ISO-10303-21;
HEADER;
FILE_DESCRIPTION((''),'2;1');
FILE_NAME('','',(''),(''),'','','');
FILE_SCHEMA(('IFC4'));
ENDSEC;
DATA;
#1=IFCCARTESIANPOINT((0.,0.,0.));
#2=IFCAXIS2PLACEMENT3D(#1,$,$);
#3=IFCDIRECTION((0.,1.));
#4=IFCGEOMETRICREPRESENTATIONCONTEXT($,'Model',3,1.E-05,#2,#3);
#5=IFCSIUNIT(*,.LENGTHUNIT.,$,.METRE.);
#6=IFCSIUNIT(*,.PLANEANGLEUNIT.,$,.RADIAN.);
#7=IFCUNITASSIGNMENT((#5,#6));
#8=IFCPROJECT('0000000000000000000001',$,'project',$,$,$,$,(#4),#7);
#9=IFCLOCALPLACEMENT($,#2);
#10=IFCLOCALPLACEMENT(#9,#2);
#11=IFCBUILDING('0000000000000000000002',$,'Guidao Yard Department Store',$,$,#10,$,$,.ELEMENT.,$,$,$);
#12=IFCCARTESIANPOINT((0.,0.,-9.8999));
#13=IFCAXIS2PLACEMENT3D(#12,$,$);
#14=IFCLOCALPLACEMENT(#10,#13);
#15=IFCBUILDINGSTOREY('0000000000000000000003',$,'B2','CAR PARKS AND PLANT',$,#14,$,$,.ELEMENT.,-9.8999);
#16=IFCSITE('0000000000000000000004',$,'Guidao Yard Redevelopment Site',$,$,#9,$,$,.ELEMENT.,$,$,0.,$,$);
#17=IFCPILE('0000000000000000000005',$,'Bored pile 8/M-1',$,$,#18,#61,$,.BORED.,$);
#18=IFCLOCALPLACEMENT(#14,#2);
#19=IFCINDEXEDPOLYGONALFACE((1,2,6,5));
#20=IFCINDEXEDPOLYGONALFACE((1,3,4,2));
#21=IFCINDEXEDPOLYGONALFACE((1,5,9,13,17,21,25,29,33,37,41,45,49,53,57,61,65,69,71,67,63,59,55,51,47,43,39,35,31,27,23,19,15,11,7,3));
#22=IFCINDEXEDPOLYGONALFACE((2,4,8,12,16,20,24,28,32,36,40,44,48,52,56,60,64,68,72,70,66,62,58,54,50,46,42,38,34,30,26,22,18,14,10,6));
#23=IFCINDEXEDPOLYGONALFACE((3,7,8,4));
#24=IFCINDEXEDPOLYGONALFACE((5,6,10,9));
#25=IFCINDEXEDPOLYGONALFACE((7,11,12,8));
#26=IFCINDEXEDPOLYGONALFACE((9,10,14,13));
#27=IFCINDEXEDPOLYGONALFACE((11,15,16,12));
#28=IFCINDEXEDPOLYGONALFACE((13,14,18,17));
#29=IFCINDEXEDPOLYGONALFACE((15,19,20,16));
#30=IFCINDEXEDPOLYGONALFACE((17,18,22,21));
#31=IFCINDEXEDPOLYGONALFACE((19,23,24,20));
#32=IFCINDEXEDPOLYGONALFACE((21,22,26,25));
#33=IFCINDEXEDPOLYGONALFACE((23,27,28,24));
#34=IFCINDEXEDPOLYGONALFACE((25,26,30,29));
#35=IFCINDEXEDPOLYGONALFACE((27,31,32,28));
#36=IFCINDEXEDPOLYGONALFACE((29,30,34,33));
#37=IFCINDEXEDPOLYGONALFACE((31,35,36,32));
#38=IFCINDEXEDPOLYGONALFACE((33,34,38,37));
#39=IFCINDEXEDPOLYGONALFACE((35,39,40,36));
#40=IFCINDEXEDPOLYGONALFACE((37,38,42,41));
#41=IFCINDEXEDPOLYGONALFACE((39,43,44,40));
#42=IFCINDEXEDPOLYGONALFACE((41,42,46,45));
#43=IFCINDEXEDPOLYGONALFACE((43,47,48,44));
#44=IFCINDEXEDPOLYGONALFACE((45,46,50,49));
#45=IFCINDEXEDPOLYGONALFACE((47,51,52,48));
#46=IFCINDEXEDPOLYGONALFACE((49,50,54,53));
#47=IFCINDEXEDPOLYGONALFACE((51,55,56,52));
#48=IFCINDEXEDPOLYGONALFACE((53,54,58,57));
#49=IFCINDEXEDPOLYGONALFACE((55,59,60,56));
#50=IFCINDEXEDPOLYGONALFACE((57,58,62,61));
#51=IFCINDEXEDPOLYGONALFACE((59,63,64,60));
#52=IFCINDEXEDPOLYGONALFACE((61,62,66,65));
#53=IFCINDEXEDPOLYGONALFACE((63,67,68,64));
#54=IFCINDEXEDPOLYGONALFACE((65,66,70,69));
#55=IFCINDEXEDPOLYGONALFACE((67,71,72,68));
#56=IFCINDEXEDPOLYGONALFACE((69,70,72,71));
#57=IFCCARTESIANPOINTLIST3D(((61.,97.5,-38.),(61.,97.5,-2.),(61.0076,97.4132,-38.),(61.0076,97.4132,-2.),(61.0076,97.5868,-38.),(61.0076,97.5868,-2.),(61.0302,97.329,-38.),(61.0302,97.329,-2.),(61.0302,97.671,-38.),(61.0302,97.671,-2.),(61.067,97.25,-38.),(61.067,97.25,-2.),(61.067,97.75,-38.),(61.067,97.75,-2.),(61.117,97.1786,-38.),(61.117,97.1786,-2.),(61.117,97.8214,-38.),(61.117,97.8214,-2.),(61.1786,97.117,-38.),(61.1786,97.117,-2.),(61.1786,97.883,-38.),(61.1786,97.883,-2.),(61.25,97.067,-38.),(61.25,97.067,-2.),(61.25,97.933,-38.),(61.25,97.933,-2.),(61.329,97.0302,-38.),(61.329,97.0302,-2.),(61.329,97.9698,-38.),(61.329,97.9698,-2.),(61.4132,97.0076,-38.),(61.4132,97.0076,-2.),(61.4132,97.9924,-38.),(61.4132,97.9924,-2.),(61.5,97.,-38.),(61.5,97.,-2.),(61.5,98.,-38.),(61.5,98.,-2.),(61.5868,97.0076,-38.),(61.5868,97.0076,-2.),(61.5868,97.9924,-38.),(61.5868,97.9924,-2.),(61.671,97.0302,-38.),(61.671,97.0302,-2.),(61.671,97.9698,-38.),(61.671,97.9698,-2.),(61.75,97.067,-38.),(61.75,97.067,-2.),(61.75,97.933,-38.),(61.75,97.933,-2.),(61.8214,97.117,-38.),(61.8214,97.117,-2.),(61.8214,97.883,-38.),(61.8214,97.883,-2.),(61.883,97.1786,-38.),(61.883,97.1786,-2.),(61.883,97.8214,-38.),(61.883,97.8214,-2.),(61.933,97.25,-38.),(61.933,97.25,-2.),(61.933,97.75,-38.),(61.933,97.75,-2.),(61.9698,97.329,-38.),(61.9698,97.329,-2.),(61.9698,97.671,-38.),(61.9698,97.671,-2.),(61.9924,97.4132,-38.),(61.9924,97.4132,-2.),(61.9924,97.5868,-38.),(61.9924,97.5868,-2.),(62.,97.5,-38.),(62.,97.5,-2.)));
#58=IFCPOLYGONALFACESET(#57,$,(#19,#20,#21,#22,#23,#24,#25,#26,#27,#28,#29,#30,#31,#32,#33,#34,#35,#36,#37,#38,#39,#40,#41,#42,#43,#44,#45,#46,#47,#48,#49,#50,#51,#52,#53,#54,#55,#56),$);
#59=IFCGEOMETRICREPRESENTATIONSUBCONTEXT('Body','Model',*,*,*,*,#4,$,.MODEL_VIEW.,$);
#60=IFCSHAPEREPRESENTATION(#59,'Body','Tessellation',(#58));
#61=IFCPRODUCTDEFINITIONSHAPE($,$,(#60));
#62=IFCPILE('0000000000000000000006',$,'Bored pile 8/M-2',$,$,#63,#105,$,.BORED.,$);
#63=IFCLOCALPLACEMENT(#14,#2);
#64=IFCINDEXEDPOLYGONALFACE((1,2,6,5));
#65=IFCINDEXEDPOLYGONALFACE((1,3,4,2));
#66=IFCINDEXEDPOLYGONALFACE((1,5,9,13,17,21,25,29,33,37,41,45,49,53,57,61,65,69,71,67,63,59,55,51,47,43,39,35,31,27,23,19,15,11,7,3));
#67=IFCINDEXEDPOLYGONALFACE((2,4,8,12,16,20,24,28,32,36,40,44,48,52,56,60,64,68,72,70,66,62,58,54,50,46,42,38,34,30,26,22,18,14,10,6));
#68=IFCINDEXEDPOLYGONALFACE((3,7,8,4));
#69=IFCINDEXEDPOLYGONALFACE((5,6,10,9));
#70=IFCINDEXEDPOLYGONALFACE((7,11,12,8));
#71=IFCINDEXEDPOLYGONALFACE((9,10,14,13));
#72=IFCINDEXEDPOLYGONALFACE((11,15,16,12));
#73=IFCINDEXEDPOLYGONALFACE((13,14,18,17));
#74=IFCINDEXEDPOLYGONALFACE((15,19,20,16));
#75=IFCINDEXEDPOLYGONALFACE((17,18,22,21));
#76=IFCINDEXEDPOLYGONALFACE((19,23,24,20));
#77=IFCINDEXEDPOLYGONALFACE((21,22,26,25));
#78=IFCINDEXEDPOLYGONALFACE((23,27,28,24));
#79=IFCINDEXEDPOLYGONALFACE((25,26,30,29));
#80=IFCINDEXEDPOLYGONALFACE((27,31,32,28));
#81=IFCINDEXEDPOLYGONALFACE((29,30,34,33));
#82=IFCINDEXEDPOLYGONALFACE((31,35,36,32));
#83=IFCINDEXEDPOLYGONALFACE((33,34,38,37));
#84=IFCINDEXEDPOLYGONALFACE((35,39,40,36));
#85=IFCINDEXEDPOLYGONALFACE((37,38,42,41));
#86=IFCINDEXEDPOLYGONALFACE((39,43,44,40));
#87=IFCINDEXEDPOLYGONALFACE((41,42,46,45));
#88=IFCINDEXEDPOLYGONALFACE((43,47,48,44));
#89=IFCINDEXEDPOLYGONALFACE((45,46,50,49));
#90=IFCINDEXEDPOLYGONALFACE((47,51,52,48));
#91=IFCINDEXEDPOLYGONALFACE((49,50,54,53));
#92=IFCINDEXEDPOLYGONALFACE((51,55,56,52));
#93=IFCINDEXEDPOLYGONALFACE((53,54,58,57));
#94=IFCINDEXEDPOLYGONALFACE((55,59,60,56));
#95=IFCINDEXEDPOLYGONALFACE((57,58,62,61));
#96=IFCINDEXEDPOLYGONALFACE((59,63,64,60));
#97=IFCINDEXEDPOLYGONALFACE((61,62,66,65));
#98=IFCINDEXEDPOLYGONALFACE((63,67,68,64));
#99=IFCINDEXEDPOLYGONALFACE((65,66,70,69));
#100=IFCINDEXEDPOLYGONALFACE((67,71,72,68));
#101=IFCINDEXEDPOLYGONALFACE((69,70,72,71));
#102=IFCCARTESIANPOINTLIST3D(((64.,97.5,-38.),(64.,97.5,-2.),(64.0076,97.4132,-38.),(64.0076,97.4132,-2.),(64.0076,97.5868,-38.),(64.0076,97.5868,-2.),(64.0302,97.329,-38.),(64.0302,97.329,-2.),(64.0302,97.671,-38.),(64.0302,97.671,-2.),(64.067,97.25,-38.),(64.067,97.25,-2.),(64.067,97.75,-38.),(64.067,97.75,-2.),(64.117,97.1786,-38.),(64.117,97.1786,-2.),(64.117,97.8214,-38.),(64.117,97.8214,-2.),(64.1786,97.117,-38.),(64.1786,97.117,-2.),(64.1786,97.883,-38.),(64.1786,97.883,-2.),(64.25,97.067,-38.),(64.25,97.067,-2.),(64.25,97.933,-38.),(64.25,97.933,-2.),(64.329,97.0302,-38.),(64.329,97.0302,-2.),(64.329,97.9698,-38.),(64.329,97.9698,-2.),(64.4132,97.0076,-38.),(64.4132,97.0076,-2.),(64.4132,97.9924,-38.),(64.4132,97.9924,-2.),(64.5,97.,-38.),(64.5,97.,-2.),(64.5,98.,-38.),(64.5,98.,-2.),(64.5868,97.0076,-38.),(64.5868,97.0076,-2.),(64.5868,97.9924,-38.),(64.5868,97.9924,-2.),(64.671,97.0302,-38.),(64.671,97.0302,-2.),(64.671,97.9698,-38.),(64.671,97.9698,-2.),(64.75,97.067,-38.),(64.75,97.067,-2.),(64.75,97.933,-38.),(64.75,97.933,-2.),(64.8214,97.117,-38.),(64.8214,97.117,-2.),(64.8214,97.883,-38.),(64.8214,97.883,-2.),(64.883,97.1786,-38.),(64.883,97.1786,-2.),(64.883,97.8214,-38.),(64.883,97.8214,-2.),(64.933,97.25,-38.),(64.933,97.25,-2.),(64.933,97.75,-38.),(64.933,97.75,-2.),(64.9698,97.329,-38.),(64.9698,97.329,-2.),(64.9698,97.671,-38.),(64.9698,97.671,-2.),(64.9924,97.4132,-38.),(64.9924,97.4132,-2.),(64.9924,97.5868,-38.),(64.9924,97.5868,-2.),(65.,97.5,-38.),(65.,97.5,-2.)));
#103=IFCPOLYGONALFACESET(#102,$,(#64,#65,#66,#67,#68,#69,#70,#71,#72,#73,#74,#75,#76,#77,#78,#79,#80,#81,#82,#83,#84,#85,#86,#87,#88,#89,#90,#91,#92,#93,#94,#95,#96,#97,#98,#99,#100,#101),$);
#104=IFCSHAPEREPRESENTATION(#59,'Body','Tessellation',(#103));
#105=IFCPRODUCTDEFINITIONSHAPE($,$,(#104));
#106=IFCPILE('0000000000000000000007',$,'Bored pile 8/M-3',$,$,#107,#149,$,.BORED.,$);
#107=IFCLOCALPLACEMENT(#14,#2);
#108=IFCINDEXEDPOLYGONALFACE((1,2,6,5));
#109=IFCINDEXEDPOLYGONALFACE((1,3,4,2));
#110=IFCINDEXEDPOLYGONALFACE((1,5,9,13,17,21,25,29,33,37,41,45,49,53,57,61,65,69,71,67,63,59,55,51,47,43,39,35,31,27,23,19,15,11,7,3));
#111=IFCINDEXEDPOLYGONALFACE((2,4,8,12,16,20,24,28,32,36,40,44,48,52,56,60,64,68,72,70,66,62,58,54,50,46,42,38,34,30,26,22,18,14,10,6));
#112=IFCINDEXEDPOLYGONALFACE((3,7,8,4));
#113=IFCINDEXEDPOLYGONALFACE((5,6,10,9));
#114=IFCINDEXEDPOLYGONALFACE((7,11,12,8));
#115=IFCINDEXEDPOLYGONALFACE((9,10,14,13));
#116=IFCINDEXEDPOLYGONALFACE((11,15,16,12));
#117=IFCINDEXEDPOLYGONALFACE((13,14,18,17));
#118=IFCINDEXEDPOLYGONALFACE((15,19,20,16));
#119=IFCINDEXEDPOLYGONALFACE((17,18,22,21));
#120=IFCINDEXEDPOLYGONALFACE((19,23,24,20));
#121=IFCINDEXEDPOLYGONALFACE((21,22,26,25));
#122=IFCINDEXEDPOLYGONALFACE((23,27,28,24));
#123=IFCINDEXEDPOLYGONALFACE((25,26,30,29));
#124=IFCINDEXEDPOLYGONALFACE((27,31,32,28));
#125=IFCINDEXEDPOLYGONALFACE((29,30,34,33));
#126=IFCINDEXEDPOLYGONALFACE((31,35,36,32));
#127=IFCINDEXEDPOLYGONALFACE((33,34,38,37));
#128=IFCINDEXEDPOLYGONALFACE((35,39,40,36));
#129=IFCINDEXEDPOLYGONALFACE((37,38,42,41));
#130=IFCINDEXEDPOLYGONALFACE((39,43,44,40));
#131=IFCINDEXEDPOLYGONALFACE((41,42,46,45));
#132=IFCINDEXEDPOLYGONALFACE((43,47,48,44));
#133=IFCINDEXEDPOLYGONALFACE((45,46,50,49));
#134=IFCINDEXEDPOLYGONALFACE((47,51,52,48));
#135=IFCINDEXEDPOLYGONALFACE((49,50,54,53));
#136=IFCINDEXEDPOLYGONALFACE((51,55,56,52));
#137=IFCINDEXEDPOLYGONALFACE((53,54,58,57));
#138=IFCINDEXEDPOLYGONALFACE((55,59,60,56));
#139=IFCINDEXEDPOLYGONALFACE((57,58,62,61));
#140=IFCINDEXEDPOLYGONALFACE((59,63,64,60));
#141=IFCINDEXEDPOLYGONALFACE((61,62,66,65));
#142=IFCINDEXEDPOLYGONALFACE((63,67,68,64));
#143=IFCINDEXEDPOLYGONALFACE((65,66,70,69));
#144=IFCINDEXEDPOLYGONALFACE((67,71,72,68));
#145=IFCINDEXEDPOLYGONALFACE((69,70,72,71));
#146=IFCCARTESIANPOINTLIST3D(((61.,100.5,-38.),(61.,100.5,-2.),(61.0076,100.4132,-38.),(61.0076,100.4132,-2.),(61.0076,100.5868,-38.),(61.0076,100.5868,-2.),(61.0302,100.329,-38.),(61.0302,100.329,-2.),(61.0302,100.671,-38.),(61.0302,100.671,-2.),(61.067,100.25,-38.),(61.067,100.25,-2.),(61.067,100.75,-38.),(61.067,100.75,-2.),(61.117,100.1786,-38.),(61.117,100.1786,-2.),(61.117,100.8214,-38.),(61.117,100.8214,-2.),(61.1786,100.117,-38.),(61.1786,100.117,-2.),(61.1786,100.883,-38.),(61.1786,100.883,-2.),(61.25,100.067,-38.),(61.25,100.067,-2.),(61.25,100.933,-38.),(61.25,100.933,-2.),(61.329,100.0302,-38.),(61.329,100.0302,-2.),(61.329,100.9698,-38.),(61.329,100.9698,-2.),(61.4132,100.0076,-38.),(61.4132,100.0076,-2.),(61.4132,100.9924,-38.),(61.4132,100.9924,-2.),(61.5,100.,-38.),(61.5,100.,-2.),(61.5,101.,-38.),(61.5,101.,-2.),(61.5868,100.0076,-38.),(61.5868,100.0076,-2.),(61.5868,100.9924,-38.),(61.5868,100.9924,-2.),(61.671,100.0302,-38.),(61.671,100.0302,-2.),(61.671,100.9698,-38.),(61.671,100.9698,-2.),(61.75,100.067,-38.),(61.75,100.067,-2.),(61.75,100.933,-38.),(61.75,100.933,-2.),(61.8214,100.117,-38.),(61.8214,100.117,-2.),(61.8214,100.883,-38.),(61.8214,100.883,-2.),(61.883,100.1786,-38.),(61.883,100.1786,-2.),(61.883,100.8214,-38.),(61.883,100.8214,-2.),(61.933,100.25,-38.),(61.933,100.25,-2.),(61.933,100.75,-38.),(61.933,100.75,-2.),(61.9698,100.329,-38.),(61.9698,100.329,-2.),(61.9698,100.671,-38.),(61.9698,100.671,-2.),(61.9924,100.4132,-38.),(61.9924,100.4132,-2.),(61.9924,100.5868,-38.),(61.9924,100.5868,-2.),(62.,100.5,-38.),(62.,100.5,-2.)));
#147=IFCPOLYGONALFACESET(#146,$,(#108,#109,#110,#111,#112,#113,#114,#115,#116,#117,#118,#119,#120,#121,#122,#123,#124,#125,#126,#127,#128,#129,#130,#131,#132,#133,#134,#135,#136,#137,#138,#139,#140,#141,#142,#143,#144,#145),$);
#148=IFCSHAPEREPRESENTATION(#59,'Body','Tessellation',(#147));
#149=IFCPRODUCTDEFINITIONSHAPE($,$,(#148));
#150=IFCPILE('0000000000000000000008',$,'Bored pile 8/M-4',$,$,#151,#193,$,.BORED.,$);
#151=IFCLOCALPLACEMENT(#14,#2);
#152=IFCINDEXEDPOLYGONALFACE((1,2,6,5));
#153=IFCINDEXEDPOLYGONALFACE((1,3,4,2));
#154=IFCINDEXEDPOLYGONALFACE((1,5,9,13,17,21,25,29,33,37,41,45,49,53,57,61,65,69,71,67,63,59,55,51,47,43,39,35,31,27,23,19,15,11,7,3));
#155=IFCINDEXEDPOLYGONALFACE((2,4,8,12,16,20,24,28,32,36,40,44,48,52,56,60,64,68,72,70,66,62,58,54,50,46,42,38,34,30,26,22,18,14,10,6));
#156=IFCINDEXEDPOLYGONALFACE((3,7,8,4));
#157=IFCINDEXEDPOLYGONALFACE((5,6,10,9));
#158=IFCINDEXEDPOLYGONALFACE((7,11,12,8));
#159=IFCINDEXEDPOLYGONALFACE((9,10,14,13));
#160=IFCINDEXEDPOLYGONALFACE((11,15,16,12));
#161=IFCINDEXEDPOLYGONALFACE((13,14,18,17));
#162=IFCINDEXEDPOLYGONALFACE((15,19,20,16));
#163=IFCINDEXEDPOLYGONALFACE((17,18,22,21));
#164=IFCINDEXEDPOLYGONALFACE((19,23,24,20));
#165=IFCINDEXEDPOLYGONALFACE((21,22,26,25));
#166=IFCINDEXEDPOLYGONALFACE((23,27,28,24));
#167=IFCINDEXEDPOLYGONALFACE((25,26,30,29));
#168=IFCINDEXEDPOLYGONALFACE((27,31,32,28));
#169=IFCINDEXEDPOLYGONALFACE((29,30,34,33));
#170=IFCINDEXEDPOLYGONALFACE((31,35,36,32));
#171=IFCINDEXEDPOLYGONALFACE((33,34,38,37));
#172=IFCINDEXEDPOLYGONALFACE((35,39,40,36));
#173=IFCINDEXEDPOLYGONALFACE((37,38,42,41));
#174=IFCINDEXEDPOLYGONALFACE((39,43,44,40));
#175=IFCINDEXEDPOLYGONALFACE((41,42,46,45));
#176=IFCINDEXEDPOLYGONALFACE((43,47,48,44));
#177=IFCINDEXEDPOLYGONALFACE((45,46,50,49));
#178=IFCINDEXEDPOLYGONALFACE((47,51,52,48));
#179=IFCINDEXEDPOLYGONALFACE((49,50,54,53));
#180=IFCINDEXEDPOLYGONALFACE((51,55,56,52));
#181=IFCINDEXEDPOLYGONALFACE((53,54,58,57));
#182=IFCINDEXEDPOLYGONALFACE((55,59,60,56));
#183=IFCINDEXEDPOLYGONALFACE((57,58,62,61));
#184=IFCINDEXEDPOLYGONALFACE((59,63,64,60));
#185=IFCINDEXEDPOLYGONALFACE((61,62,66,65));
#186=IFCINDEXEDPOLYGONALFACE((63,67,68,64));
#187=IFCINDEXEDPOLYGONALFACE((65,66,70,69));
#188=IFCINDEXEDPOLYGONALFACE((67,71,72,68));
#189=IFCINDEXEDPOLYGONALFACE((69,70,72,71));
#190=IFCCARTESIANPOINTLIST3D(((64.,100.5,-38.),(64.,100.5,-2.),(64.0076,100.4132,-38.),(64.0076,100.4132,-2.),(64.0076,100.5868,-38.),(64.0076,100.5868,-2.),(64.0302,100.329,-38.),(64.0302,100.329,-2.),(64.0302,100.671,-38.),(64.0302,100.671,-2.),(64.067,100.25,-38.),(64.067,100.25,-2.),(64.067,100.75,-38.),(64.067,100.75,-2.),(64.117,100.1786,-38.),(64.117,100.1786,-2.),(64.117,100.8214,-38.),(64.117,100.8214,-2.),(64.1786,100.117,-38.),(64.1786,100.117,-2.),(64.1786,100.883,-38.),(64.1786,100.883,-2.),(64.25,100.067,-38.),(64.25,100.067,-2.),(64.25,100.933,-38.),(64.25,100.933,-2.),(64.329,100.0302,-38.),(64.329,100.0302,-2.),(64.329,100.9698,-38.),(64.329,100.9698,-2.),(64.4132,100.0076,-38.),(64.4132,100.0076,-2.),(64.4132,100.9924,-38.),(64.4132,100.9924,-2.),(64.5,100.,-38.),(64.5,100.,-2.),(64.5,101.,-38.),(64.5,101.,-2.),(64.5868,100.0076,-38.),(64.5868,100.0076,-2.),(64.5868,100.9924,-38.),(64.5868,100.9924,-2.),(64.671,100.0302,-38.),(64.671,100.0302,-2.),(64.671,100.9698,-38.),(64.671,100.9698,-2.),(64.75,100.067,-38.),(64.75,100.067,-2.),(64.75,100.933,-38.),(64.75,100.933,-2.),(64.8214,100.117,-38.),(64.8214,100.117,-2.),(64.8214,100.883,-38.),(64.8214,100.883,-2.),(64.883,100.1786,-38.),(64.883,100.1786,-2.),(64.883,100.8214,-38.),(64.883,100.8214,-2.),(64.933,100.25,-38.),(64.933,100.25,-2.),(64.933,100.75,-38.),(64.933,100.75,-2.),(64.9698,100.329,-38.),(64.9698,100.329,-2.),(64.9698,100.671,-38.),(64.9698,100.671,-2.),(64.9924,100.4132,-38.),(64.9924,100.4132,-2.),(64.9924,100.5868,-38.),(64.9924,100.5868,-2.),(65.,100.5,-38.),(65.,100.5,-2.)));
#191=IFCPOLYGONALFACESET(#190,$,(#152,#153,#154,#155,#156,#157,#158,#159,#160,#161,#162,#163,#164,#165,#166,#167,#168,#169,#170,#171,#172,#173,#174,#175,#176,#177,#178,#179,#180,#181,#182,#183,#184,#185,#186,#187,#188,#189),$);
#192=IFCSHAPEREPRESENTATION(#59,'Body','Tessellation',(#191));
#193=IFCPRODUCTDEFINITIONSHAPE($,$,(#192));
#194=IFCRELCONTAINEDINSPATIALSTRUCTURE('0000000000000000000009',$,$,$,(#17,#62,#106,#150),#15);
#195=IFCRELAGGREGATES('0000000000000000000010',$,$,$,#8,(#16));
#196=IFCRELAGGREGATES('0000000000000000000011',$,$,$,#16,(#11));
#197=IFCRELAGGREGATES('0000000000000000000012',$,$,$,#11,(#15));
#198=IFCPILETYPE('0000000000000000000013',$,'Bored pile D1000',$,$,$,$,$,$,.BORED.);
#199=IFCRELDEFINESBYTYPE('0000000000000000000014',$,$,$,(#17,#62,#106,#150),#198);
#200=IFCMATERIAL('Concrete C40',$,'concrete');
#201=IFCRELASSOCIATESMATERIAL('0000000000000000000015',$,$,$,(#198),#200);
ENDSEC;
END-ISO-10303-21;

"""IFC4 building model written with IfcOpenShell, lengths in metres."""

from ifc_helpers import new_model, si_unit, direction, frame, origin, origin_2d, place, context, subcontext, project, spatial, circle, extrude, material, material_profile, profile_set, type_object, element, save


model = new_model("IFC4")

# Units and contexts
model_context = context("Model", 3, precision=1e-05, world=origin(), true_north=direction((0.0, 1.0)))
body_context = subcontext(model_context, "Body", "Model", "MODEL_VIEW")
ifc_project = project(units=[si_unit("LENGTHUNIT", "METRE"), si_unit("PLANEANGLEUNIT", "RADIAN")], contexts=[model_context])

# Site, building, storey
site_placement = place(None, origin())
site = spatial("IfcSite", under=ifc_project, at=site_placement, Name="Guidao Yard Redevelopment Site", CompositionType="ELEMENT", RefElevation=0.0)
building_placement = place(site_placement, origin())
building = spatial("IfcBuilding", under=site, at=building_placement, Name="Guidao Yard Department Store", CompositionType="ELEMENT")
storey_placement = place(building_placement, frame((0.0, 0.0, -9.8999)))
storey = spatial("IfcBuildingStorey", under=building, at=storey_placement, Name="B2", Description="CAR PARKS AND PLANT", CompositionType="ELEMENT", Elevation=-9.8999)

# Piles
ifc_material_1 = material(Name="Concrete C40", Category="concrete")
ifc_material_profile_1 = material_profile(ifc_material_1, circle(Radius=0.5, at=origin_2d()), Name="Bored pile D1000")
ifc_profile_set_1 = profile_set([ifc_material_profile_1], Name="Concrete C40")
pile_type = type_object("IfcPileType", Name="Bored pile D1000", PredefinedType="BORED", material=ifc_profile_set_1)
for number, where, z_axis, x_axis, name in (
    (1, (61.5, 97.5, -2.0), (0.0, 0.0, -1.0), (1.0, 0.0, 0.0), "Bored pile 8/M-1"),
    (2, (64.5, 97.5, -2.0), (0.0, 0.0, -1.0), (1.0, 0.0, 0.0), "Bored pile 8/M-2"),
    (3, (61.5, 100.5, -2.0), (0.0, 0.0, -1.0), (1.0, 0.0, 0.0), "Bored pile 8/M-3"),
    (4, (64.5, 100.5, -2.0), (0.0, 0.0, -1.0), (1.0, 0.0, 0.0), "Bored pile 8/M-4"),
):
    element("IfcPile", number, at=place(storey_placement, frame(where, z_axis=z_axis, x_axis=x_axis)), inside=storey, type_object=pile_type, Name=name, PredefinedType="BORED", context=body_context, shape_type="SweptSolid", body=[
        extrude(circle(Radius=0.5, at=origin_2d()), origin(), (0.0, 0.0, 1.0), 36.0),
    ])

save(model, "model.ifc")
